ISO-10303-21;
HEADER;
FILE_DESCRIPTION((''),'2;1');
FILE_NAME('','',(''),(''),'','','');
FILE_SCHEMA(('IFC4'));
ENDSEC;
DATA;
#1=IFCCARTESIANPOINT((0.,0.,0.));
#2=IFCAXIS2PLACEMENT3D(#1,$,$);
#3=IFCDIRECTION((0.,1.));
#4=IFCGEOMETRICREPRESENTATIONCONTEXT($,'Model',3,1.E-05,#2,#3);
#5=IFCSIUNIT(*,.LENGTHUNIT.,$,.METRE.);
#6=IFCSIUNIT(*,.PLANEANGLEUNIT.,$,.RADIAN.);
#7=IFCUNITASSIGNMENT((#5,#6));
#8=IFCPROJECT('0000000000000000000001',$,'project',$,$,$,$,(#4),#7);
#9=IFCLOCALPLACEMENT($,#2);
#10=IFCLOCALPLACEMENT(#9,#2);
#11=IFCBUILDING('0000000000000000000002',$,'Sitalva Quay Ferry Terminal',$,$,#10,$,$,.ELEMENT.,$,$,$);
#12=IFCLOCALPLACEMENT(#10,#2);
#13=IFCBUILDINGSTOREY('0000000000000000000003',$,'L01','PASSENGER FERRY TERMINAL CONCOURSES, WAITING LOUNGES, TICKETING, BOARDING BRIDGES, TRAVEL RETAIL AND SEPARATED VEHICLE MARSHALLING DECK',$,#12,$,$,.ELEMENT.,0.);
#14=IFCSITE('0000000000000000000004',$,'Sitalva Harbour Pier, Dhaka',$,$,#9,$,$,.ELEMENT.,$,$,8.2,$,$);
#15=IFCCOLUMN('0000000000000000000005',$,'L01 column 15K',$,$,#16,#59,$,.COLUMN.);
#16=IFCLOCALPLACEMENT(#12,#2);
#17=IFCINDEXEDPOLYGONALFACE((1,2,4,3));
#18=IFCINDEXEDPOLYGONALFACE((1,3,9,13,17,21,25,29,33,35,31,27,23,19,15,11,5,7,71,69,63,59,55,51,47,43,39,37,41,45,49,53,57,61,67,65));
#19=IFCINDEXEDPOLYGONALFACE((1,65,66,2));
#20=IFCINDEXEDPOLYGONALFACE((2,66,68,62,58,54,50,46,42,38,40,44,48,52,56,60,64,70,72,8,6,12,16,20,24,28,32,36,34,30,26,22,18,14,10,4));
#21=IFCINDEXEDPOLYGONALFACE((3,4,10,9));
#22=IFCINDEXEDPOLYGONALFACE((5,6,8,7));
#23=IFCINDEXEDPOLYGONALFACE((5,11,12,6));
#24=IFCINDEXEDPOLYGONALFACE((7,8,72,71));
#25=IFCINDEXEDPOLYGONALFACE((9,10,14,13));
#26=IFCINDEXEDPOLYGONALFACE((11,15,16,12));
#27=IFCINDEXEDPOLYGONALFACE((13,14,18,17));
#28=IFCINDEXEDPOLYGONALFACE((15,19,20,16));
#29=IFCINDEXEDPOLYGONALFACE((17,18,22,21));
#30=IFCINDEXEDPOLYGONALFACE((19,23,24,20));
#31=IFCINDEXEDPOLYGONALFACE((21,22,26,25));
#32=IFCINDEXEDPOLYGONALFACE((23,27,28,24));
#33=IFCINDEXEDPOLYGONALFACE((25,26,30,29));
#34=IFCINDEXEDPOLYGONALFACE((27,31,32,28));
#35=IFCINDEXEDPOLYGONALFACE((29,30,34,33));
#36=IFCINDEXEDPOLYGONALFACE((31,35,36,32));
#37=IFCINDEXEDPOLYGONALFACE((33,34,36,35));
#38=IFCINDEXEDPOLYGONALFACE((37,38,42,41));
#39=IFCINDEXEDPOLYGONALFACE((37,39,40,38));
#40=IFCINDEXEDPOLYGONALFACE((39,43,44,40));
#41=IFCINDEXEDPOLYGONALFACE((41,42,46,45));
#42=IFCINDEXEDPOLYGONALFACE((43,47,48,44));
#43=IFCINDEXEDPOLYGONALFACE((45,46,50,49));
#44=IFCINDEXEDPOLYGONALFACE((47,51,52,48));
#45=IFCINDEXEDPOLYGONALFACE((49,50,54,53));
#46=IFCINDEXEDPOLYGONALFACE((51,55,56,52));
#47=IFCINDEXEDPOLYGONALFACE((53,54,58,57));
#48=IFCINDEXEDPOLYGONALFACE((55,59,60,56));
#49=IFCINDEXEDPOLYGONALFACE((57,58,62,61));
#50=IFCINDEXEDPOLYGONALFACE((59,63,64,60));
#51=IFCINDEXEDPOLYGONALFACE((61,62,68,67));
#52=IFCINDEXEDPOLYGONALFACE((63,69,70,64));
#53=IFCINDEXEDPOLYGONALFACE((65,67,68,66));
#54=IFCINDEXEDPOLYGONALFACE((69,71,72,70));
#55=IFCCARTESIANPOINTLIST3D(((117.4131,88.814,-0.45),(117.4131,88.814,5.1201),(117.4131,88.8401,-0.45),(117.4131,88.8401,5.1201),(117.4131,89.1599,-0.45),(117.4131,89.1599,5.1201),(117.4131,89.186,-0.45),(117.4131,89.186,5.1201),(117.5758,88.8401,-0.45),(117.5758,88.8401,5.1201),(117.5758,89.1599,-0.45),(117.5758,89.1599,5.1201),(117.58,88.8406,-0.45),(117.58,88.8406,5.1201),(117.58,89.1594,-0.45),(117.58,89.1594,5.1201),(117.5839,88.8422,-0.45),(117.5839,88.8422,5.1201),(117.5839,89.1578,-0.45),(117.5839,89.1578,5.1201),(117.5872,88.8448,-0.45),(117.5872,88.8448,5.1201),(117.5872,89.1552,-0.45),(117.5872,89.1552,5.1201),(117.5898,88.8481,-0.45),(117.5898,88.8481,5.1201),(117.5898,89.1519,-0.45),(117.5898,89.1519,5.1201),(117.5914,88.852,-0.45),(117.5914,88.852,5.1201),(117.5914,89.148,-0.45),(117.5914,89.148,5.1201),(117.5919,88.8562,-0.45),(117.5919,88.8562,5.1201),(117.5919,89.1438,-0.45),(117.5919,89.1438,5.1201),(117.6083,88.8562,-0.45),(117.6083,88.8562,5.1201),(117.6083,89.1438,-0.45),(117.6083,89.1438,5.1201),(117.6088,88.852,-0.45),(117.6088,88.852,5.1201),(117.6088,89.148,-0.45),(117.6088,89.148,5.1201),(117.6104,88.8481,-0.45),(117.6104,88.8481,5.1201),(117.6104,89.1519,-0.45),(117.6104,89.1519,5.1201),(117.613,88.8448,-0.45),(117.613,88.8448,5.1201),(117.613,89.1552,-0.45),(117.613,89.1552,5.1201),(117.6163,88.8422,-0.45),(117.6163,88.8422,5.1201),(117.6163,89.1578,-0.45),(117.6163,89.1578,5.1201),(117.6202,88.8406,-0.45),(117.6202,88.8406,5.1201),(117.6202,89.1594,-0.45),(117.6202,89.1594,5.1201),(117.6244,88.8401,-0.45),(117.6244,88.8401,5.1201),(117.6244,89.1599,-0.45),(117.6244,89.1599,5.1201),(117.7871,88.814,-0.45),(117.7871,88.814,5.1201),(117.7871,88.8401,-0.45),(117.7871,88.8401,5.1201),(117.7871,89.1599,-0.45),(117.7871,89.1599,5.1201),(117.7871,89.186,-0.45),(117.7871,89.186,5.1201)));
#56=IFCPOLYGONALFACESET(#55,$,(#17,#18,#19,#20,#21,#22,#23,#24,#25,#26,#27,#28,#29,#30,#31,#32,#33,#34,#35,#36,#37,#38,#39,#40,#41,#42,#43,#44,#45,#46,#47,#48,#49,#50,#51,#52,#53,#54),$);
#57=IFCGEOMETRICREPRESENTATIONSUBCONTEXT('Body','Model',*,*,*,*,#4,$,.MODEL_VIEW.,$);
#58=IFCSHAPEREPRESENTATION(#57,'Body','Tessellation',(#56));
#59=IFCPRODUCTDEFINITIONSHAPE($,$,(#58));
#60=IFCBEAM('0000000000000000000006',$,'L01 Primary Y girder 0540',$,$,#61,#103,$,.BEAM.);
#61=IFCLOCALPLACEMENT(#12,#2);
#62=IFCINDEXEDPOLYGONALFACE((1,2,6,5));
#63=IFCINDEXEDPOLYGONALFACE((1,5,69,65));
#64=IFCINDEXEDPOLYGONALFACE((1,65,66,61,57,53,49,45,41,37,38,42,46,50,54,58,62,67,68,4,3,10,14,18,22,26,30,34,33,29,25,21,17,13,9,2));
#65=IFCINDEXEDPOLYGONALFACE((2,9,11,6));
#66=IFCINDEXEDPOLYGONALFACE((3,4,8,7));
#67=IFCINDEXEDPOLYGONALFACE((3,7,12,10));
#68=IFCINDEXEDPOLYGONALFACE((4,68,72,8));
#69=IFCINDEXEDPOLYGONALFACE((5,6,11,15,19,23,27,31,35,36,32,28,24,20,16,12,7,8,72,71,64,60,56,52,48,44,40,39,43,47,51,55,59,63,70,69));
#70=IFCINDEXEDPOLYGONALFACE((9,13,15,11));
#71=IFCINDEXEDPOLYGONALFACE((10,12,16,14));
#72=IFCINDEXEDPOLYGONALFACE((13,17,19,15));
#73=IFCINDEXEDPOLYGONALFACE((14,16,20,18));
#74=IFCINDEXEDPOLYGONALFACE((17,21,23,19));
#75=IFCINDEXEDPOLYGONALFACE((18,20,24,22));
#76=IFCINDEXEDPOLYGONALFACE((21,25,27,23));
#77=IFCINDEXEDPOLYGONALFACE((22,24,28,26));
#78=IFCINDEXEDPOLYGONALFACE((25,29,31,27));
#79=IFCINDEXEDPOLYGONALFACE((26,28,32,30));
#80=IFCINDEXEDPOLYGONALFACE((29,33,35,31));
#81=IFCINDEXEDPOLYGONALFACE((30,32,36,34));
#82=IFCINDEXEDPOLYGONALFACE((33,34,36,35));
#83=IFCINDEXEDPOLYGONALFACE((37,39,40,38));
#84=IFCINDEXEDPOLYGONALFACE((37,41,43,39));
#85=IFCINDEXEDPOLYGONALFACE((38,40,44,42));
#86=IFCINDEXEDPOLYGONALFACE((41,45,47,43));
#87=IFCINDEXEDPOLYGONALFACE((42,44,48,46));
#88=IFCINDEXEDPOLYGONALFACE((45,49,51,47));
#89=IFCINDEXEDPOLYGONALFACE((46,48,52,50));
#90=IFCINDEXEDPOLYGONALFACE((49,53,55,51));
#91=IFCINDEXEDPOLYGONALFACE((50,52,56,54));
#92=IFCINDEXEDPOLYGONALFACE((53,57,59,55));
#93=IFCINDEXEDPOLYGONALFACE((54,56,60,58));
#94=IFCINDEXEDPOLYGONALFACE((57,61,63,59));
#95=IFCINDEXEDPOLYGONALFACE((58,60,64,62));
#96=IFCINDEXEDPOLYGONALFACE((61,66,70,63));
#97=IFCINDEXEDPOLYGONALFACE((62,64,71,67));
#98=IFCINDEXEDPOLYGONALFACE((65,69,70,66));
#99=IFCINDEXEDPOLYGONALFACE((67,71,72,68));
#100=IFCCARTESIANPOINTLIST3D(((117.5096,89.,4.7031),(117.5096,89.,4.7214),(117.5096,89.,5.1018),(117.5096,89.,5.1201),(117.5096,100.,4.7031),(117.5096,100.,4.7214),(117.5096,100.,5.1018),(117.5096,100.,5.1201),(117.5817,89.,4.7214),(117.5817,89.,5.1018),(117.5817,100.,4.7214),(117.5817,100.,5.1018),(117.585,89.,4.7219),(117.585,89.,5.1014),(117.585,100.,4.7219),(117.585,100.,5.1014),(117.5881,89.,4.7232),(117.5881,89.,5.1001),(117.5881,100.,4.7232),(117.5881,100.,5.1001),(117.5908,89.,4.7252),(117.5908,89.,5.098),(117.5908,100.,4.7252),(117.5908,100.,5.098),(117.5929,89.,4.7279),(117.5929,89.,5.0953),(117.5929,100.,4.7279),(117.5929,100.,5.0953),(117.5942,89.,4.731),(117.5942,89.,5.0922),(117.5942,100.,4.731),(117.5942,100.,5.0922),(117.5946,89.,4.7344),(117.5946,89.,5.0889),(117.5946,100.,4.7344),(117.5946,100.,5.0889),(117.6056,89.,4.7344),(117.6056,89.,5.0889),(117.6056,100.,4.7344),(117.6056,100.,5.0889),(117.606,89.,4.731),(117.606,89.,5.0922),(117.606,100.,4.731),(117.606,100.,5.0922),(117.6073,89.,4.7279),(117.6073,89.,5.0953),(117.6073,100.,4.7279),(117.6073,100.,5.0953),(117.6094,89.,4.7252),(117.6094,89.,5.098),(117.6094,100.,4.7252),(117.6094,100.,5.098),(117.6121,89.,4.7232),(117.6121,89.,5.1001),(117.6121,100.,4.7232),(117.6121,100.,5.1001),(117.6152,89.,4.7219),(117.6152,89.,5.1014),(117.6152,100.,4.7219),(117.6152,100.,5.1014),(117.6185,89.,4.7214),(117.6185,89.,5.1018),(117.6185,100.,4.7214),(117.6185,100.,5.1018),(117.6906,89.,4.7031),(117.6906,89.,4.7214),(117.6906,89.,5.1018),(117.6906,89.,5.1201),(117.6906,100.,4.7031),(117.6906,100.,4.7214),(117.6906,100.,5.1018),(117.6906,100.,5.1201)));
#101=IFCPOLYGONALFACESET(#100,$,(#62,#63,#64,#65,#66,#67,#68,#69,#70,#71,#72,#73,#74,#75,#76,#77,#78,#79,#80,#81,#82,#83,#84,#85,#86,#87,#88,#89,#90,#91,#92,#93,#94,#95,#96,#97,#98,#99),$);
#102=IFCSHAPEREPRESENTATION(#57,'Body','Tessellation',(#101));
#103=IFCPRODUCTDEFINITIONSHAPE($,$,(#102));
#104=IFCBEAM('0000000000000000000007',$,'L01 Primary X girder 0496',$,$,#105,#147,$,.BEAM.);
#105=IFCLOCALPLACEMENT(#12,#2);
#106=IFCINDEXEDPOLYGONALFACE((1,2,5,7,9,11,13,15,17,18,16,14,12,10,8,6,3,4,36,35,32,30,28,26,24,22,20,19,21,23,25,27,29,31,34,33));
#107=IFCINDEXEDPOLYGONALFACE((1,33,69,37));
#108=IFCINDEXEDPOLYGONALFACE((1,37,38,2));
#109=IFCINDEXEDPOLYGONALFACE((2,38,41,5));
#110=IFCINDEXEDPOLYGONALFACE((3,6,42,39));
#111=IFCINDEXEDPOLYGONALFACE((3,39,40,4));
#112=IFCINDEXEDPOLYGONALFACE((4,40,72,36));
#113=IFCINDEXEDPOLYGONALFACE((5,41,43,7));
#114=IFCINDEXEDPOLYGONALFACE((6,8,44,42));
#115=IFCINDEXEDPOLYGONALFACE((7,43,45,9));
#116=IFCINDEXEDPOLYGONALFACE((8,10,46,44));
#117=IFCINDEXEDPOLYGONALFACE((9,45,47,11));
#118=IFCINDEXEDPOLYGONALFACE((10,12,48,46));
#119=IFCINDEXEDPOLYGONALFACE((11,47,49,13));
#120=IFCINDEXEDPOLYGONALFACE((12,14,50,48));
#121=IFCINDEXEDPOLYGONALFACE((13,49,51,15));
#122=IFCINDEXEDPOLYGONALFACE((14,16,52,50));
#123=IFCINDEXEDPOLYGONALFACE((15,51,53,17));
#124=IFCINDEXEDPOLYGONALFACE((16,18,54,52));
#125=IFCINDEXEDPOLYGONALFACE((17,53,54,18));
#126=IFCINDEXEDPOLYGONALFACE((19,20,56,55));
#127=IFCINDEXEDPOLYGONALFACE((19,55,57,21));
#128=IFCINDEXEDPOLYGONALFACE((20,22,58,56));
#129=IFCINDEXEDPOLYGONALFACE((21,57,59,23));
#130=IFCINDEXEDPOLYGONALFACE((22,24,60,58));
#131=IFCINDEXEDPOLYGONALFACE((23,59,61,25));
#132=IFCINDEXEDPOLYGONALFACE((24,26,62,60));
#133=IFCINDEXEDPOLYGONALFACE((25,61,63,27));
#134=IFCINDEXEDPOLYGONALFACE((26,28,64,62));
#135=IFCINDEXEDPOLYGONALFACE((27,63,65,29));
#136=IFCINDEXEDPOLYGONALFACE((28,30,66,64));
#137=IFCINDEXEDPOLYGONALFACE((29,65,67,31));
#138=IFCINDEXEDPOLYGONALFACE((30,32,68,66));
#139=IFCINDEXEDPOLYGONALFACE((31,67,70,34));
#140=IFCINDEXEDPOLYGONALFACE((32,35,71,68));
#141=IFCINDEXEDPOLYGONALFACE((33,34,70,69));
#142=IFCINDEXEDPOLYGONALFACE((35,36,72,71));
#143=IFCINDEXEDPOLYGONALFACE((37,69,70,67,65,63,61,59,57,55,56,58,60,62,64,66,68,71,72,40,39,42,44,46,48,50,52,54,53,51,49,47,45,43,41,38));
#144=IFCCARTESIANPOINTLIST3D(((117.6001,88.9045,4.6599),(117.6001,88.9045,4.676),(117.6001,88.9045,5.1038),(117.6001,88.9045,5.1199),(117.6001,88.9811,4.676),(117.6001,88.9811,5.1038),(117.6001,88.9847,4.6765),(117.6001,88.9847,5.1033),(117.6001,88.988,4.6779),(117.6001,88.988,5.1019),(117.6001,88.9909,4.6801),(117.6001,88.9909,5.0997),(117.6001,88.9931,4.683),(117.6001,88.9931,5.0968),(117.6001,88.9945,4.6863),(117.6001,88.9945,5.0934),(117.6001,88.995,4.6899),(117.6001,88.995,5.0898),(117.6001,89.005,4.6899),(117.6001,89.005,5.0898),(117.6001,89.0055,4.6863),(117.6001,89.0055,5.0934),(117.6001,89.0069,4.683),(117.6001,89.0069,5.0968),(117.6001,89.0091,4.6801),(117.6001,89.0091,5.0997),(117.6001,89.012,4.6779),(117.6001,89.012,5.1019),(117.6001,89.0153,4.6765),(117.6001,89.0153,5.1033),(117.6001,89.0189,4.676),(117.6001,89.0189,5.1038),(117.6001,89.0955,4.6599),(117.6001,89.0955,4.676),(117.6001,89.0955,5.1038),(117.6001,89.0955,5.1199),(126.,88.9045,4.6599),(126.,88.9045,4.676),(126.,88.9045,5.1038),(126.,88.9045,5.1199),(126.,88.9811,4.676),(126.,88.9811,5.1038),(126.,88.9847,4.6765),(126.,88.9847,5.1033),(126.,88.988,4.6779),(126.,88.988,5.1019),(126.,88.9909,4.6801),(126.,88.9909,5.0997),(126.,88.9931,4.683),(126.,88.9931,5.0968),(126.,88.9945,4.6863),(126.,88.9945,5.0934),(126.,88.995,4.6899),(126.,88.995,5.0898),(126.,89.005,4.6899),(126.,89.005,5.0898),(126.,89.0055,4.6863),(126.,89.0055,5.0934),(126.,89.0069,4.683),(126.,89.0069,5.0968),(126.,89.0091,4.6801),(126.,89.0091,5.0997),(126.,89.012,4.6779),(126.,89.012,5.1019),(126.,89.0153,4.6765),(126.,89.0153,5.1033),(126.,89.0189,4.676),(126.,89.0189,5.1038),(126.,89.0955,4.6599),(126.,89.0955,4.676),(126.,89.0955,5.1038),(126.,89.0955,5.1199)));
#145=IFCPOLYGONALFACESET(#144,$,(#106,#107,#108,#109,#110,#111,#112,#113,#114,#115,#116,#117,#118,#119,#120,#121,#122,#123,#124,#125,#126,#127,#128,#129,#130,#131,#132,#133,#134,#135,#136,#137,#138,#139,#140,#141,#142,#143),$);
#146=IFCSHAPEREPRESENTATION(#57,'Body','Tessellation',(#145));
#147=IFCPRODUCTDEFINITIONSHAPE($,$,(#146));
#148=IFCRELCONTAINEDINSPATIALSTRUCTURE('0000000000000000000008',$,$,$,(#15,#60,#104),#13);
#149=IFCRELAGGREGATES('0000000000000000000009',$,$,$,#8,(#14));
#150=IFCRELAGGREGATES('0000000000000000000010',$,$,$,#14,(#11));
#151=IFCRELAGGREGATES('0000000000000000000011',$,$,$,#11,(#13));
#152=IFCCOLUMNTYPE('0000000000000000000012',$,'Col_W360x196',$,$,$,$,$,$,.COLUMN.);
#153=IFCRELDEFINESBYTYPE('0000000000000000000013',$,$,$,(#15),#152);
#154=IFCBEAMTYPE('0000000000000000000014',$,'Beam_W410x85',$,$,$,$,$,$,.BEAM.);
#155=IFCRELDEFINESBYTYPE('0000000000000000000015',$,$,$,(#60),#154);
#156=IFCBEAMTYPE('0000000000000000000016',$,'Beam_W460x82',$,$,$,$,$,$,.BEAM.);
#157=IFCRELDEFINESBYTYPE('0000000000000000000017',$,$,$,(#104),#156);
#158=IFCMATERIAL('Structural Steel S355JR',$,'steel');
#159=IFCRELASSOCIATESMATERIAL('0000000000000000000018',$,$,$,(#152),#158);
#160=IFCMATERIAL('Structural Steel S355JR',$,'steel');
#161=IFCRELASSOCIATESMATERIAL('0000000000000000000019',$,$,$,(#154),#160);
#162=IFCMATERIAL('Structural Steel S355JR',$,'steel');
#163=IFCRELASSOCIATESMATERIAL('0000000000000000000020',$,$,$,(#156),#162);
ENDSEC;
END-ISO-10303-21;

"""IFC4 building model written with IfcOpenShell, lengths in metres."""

from ifc_helpers import new_model, si_unit, direction, frame, origin, origin_2d, place, context, subcontext, project, spatial, i_section, extrude, material, material_profile, profile_set, type_object, element, save


model = new_model("IFC4")

# Units and contexts
model_context = context("Model", 3, precision=1e-05, world=origin(), true_north=direction((0.0, 1.0)))
body_context = subcontext(model_context, "Body", "Model", "MODEL_VIEW")
ifc_project = project(units=[si_unit("LENGTHUNIT", "METRE"), si_unit("PLANEANGLEUNIT", "RADIAN")], contexts=[model_context])

# Site, building, storey
site_placement = place(None, origin())
site = spatial("IfcSite", under=ifc_project, at=site_placement, Name="Sitalva Harbour Pier, Dhaka", CompositionType="ELEMENT", RefElevation=8.2)
building_placement = place(site_placement, origin())
building = spatial("IfcBuilding", under=site, at=building_placement, Name="Sitalva Quay Ferry Terminal", CompositionType="ELEMENT")
storey_placement = place(building_placement, origin())
storey = spatial("IfcBuildingStorey", under=building, at=storey_placement, Name="L01", Description="PASSENGER FERRY TERMINAL CONCOURSES, WAITING LOUNGES, TICKETING, BOARDING BRIDGES, TRAVEL RETAIL AND SEPARATED VEHICLE MARSHALLING DECK", CompositionType="ELEMENT", Elevation=0.0)

# Column
ifc_material_1 = material(Name="Structural Steel S355JR", Category="steel")
ifc_material_profile_1 = material_profile(ifc_material_1, i_section(OverallWidth=0.374, OverallDepth=0.3721, WebThickness=0.0164, FlangeThickness=0.0261, FilletRadius=0.0161, at=origin_2d()), Name="W360x196")
ifc_profile_set_1 = profile_set([ifc_material_profile_1], Name="Structural Steel S355JR")
column_type = type_object("IfcColumnType", Name="Col_W360x196", PredefinedType="COLUMN", material=ifc_profile_set_1)
column_placement = place(storey_placement, frame((117.6001, 89.0, -0.45), z_axis=(0.0, 0.0, 1.0), x_axis=(1.0, 0.0, 0.0)))
element("IfcColumn", 1, at=column_placement, inside=storey, type_object=column_type, Name="L01 column 15K", PredefinedType="COLUMN", context=body_context, shape_type="SweptSolid", body=[
    extrude(i_section(OverallWidth=0.374, OverallDepth=0.3721, WebThickness=0.0164, FlangeThickness=0.0261, FilletRadius=0.0161, at=origin_2d()), origin(), (0.0, 0.0, 1.0), 5.5701),
])

# Beams
ifc_material_2 = material(Name="Structural Steel S355JR", Category="steel")
ifc_material_profile_2 = material_profile(ifc_material_2, i_section(OverallWidth=0.1809, OverallDepth=0.417, WebThickness=0.011, FlangeThickness=0.0183, FilletRadius=0.0129, at=origin_2d()), Name="W410x85")
ifc_profile_set_2 = profile_set([ifc_material_profile_2], Name="Structural Steel S355JR")
beam_type_1 = type_object("IfcBeamType", Name="Beam_W410x85", PredefinedType="BEAM", material=ifc_profile_set_2)
beam_1_placement = place(storey_placement, frame((117.6001, 89.0, 4.9116), z_axis=(0.0, 1.0, 0.0), x_axis=(-1.0, 0.0, 0.0)))
element("IfcBeam", 2, at=beam_1_placement, inside=storey, type_object=beam_type_1, Name="L01 Primary Y girder 0540", PredefinedType="BEAM", context=body_context, shape_type="SweptSolid", body=[
    extrude(i_section(OverallWidth=0.1809, OverallDepth=0.417, WebThickness=0.011, FlangeThickness=0.0183, FilletRadius=0.0129, at=origin_2d()), origin(), (0.0, 0.0, 1.0), 11.0),
])
ifc_material_3 = material(Name="Structural Steel S355JR", Category="steel")
ifc_material_profile_3 = material_profile(ifc_material_3, i_section(OverallWidth=0.1909, OverallDepth=0.46, WebThickness=0.01, FlangeThickness=0.0161, FilletRadius=0.0139, at=origin_2d()), Name="W460x82")
ifc_profile_set_3 = profile_set([ifc_material_profile_3], Name="Structural Steel S355JR")
beam_type_2 = type_object("IfcBeamType", Name="Beam_W460x82", PredefinedType="BEAM", material=ifc_profile_set_3)
beam_2_placement = place(storey_placement, frame((117.6001, 89.0, 4.8899), z_axis=(1.0, 0.0, 0.0), x_axis=(0.0, 1.0, 0.0)))
element("IfcBeam", 3, at=beam_2_placement, inside=storey, type_object=beam_type_2, Name="L01 Primary X girder 0496", PredefinedType="BEAM", context=body_context, shape_type="SweptSolid", body=[
    extrude(i_section(OverallWidth=0.1909, OverallDepth=0.46, WebThickness=0.01, FlangeThickness=0.0161, FilletRadius=0.0139, at=origin_2d()), origin(), (0.0, 0.0, 1.0), 8.3999),
])

save(model, "model.ifc")
